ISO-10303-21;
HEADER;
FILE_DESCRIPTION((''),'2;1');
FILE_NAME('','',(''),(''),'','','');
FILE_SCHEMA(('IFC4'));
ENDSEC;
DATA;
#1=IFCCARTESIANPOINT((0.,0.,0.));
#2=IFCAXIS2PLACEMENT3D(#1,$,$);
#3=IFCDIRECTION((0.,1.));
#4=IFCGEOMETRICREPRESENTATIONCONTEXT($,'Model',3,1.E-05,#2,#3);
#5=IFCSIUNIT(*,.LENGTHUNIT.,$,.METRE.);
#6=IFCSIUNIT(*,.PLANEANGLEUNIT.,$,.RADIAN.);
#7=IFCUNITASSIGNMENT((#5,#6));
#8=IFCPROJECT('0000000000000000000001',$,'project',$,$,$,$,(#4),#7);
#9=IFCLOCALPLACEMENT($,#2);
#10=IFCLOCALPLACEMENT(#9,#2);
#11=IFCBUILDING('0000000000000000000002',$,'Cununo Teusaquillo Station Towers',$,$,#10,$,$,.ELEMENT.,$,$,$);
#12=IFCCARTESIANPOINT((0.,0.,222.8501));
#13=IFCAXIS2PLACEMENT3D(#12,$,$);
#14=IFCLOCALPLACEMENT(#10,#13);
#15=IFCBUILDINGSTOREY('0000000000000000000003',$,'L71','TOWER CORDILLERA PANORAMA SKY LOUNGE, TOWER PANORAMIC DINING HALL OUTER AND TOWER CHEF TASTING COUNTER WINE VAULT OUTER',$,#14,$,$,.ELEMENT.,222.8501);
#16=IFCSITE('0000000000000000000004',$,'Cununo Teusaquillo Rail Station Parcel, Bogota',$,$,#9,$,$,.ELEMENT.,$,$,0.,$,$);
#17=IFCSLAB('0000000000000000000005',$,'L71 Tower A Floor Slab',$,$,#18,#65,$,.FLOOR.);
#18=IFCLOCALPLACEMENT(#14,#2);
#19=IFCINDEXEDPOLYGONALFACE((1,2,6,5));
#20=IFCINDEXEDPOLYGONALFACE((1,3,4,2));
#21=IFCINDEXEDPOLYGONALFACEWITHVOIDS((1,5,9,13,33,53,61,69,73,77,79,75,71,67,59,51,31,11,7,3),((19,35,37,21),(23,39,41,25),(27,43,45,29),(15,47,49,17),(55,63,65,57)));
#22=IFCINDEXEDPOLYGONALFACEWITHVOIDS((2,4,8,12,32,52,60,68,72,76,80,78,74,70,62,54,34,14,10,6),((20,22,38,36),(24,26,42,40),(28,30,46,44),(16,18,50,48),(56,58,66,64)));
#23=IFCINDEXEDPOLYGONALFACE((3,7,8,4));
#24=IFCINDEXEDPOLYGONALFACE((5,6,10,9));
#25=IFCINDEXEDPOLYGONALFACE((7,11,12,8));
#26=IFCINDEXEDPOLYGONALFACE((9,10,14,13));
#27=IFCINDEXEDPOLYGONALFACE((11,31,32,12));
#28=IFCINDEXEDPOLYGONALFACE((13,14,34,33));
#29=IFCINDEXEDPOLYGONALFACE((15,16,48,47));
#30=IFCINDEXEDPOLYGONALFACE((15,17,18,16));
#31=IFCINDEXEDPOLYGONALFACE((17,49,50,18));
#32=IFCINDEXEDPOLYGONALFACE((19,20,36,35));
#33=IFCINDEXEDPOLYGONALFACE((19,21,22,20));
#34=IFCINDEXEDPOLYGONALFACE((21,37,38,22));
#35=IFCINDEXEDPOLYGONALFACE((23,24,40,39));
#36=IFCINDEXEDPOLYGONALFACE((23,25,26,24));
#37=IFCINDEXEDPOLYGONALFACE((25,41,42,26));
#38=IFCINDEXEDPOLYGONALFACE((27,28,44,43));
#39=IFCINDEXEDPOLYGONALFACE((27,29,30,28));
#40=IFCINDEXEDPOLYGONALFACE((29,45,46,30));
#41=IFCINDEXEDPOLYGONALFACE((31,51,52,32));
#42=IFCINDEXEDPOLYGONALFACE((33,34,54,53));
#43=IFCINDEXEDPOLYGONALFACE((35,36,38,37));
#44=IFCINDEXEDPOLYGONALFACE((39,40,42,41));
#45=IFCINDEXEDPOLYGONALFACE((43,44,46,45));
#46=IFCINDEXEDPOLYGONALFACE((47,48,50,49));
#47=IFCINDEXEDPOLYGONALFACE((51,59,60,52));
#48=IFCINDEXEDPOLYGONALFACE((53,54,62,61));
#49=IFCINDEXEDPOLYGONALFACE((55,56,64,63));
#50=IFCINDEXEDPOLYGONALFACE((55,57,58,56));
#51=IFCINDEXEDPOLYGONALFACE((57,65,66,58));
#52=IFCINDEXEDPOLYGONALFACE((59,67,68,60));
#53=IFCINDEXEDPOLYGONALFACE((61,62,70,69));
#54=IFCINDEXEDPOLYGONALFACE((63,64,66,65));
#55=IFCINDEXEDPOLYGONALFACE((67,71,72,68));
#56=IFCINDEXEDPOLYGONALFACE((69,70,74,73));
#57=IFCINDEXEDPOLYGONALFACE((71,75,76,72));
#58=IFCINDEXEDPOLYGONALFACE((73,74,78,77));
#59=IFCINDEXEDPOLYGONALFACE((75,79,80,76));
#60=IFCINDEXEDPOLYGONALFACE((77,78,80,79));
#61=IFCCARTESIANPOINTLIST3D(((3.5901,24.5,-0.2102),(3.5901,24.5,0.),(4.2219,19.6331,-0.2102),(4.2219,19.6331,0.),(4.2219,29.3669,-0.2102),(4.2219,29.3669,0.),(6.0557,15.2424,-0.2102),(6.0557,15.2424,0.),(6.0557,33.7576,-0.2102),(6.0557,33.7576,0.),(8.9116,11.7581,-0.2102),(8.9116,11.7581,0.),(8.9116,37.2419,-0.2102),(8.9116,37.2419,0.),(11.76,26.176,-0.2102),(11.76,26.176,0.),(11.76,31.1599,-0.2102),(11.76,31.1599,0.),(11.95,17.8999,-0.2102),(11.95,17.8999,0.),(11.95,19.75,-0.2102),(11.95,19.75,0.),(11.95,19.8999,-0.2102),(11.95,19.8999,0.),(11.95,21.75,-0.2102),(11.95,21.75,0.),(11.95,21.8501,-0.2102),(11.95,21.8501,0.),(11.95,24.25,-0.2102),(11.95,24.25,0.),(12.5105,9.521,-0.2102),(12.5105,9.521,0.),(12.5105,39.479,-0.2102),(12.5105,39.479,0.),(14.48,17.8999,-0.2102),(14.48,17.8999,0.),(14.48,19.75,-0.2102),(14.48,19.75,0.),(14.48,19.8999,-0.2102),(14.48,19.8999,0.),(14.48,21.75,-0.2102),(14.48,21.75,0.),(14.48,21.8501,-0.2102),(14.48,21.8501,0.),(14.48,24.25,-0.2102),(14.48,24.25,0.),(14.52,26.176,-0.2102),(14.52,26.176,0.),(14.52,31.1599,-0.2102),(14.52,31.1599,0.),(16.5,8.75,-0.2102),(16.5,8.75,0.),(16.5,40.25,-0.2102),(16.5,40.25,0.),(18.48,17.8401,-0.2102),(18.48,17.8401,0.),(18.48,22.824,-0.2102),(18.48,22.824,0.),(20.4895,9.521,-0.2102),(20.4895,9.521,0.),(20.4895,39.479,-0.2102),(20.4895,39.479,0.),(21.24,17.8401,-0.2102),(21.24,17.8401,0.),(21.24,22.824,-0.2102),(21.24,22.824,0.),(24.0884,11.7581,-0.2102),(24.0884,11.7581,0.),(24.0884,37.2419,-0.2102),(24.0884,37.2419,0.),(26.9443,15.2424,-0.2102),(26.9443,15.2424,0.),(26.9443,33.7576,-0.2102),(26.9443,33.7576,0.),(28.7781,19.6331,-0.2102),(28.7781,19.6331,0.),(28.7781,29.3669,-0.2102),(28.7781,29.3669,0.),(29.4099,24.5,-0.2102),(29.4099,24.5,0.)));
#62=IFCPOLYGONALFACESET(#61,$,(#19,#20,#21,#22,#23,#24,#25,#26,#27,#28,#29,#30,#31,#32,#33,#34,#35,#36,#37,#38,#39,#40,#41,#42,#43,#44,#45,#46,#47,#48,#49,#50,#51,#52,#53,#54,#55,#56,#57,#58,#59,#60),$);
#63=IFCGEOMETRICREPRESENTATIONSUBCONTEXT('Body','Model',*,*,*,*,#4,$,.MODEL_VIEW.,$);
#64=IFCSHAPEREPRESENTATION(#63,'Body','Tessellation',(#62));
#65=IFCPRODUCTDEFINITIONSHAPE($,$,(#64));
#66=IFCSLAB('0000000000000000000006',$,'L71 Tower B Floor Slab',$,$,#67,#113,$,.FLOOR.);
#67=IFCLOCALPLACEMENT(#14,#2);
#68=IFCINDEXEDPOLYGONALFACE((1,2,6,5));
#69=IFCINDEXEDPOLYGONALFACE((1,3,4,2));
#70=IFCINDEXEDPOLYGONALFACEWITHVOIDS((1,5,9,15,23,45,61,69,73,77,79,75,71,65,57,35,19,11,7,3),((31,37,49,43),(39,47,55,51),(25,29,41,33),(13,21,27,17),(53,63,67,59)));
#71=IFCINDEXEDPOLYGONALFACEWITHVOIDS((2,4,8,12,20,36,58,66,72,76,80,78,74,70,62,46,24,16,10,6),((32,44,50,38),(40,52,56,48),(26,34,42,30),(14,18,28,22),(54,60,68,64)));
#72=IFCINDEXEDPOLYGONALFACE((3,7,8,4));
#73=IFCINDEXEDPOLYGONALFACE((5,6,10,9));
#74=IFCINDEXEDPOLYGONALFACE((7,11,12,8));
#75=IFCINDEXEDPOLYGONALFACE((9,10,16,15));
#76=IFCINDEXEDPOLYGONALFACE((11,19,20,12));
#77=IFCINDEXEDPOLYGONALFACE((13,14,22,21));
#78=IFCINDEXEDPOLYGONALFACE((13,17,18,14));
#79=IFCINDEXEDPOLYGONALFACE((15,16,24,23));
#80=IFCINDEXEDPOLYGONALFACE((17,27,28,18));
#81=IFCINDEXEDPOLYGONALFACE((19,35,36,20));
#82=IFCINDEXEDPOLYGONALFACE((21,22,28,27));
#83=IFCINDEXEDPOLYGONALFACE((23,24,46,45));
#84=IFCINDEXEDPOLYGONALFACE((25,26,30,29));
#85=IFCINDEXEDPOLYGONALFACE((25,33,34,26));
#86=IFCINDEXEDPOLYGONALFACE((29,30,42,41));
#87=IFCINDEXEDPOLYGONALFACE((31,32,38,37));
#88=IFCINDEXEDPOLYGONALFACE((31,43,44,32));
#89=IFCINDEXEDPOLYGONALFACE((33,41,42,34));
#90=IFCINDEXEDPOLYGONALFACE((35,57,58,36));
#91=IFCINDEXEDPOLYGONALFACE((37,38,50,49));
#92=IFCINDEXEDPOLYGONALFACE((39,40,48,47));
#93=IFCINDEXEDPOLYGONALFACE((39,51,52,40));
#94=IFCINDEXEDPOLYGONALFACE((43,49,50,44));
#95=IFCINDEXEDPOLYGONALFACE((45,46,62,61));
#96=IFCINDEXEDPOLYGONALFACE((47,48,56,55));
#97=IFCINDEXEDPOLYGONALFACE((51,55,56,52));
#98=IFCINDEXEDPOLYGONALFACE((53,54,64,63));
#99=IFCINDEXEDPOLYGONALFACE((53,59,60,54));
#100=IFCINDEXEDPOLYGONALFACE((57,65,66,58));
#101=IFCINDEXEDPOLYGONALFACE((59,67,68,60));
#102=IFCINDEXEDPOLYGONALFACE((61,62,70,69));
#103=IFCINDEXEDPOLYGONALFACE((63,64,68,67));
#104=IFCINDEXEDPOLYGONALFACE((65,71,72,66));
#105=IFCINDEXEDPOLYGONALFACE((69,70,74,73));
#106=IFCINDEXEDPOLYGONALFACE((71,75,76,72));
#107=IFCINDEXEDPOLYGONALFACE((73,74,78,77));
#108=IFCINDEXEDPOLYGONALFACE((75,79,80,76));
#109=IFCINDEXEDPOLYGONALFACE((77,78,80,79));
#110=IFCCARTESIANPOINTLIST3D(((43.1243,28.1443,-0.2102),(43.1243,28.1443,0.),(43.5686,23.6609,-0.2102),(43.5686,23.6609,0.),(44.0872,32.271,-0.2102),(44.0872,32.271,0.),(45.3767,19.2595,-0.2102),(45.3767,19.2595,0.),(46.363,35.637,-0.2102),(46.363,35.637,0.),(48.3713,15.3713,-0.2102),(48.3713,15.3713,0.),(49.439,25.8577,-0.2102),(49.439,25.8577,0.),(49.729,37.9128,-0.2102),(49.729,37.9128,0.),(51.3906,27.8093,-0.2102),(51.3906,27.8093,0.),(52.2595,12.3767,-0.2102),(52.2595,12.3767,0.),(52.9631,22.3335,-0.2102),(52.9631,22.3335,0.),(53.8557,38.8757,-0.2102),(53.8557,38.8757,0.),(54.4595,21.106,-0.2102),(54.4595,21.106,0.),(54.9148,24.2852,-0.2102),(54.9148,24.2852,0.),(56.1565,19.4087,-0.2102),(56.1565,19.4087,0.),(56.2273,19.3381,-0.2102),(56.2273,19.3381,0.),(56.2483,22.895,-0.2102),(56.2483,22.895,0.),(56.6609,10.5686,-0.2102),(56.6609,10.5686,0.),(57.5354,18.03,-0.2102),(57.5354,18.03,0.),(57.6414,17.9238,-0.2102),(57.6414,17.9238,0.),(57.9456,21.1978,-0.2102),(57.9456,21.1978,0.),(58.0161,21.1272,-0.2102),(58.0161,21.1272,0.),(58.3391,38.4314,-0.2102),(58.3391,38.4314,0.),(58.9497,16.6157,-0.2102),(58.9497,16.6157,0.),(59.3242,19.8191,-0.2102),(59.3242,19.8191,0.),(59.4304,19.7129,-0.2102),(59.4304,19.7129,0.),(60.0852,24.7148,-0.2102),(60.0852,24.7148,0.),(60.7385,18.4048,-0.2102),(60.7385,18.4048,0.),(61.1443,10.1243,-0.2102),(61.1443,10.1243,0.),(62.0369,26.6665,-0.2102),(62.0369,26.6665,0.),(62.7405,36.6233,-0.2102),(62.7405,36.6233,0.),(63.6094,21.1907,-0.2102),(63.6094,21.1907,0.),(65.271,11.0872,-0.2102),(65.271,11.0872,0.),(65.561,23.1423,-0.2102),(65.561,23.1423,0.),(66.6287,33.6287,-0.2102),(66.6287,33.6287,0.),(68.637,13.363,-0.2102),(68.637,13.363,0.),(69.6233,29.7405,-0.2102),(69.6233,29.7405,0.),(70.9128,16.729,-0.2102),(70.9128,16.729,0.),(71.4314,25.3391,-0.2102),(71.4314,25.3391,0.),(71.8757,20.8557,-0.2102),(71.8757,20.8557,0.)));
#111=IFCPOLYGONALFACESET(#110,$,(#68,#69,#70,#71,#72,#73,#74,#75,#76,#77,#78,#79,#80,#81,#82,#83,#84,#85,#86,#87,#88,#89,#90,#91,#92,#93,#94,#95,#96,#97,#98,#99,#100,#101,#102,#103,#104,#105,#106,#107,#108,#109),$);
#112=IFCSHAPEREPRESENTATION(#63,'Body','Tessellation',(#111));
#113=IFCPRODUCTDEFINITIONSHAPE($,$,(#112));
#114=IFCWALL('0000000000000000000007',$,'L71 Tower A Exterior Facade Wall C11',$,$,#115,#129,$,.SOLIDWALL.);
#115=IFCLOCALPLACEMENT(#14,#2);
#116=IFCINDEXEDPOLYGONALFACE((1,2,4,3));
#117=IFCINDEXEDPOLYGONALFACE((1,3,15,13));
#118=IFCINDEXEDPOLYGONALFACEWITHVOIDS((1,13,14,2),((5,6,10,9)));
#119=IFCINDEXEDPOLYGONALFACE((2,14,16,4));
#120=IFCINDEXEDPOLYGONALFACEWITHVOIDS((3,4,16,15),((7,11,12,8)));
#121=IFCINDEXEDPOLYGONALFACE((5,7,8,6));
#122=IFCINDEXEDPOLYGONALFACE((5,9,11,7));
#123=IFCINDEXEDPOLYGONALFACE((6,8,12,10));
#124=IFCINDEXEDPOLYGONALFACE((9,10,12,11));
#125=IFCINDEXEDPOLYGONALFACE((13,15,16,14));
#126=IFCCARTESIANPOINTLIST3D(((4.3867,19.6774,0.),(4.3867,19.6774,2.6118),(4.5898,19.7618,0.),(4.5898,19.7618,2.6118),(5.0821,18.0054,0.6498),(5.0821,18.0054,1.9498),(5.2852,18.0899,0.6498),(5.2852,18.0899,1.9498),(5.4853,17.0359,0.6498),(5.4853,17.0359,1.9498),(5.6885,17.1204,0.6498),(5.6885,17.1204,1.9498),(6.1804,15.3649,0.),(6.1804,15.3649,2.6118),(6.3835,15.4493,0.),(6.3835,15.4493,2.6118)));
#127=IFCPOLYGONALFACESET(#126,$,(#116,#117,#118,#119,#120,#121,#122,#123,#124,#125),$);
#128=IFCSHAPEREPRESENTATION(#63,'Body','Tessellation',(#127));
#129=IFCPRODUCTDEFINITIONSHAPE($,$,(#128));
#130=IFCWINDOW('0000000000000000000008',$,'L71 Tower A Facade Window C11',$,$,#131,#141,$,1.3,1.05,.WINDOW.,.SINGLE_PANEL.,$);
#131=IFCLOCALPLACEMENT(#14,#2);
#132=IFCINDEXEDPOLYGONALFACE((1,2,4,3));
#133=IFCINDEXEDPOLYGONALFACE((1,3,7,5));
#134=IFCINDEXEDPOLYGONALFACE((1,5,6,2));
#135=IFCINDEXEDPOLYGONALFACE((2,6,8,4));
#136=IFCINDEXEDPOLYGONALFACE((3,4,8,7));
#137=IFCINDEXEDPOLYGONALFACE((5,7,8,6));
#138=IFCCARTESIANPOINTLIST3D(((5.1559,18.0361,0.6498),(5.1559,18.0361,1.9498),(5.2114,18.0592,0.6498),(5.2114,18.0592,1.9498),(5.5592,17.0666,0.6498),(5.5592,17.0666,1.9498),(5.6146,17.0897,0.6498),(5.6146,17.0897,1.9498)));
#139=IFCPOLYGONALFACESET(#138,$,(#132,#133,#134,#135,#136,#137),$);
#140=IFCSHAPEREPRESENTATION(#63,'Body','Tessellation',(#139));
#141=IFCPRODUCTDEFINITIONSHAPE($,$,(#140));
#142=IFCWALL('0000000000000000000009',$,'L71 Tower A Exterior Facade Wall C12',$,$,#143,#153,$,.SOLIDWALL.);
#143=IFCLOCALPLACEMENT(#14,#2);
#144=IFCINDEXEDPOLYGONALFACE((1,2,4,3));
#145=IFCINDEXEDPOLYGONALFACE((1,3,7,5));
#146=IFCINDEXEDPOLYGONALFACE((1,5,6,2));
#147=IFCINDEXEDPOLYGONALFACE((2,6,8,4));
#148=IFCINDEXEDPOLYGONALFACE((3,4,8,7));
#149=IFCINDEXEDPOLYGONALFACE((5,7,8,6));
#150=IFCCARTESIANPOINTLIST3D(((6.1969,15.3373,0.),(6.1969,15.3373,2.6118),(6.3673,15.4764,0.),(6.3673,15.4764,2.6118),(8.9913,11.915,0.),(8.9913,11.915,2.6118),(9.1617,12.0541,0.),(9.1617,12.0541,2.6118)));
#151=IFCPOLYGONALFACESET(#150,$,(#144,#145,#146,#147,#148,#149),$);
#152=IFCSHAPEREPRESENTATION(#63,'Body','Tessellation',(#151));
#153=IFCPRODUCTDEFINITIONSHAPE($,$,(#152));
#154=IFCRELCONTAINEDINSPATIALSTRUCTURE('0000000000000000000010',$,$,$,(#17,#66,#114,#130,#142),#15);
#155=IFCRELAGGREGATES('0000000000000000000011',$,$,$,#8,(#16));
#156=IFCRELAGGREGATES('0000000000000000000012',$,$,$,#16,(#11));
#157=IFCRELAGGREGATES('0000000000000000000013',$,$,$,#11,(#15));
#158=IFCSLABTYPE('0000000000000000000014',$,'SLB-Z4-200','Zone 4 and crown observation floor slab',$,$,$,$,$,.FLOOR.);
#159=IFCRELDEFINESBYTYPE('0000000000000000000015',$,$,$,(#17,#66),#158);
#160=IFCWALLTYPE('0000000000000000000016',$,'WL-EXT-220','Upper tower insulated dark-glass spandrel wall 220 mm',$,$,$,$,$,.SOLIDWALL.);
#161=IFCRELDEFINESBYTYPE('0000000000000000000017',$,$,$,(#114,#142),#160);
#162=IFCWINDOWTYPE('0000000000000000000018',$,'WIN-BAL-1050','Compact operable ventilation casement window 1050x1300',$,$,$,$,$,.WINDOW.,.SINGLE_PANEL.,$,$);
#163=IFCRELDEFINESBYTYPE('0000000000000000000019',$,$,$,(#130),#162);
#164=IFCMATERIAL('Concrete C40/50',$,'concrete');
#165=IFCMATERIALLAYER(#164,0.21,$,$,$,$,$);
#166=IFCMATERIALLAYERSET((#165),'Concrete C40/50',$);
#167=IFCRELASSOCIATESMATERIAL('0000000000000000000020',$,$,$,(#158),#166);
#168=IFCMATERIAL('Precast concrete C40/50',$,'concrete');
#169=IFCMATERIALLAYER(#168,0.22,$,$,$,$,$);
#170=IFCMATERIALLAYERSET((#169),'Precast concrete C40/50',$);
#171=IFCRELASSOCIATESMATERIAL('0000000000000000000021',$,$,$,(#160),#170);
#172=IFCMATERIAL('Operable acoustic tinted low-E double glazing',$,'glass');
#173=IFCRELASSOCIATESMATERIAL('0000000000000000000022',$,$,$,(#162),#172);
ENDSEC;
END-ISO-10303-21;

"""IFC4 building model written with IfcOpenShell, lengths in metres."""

from ifc_helpers import new_model, si_unit, direction, frame, frame_2d, origin, place, context, subcontext, project, spatial, polyline, rectangle, outline, extrude, source, transform, mapped, material, layer, layer_set, type_object, element, fill, save


model = new_model("IFC4")

# Units and contexts
model_context = context("Model", 3, precision=1e-05, world=origin(), true_north=direction((0.0, 1.0)))
body_context = subcontext(model_context, "Body", "Model", "MODEL_VIEW")
ifc_project = project(units=[si_unit("LENGTHUNIT", "METRE"), si_unit("PLANEANGLEUNIT", "RADIAN")], contexts=[model_context])

# Site, building, storey
site_placement = place(None, origin())
site = spatial("IfcSite", under=ifc_project, at=site_placement, Name="Cununo Teusaquillo Rail Station Parcel, Bogota", CompositionType="ELEMENT", RefElevation=0.0)
building_placement = place(site_placement, origin())
building = spatial("IfcBuilding", under=site, at=building_placement, Name="Cununo Teusaquillo Station Towers", CompositionType="ELEMENT")
storey_placement = place(building_placement, frame((0.0, 0.0, 222.8501)))
storey = spatial("IfcBuildingStorey", under=building, at=storey_placement, Name="L71", Description="TOWER CORDILLERA PANORAMA SKY LOUNGE, TOWER PANORAMIC DINING HALL OUTER AND TOWER CHEF TASTING COUNTER WINE VAULT OUTER", CompositionType="ELEMENT", Elevation=222.8501)

# Slabs
ifc_material_1 = material(Name="Concrete C40/50", Category="concrete")
ifc_layer_1 = layer(ifc_material_1, 0.21)
ifc_layer_set_1 = layer_set([ifc_layer_1], Name="Concrete C40/50")
slab_type_1 = type_object("IfcSlabType", Name="SLB-Z4-200", Description="Zone 4 and crown observation floor slab", PredefinedType="FLOOR", material=ifc_layer_set_1)
slab_1_placement = place(storey_placement, frame((0.0, 0.0, -0.2102)))
element("IfcSlab", 1, at=slab_1_placement, inside=storey, type_object=slab_type_1, Name="L71 Tower A Floor Slab", PredefinedType="FLOOR", context=body_context, shape_type="SweptSolid", body=[
    extrude(outline(polyline([(29.4099, 24.5), (28.7781, 29.3669), (26.9443, 33.7576), (24.0884, 37.2419), (20.4895, 39.479), (16.5, 40.25), (12.5105, 39.479), (8.9116, 37.2419), (6.0557, 33.7576), (4.2219, 29.3669), (3.5901, 24.5), (4.2219, 19.6331), (6.0557, 15.2424), (8.9116, 11.7581), (12.5105, 9.521), (16.5, 8.75), (20.4895, 9.521), (24.0884, 11.7581), (26.9443, 15.2424), (28.7781, 19.6331), (29.4099, 24.5)]), holes=[polyline([(14.52, 26.176), (14.52, 31.1599), (11.76, 31.1599), (11.76, 26.176), (14.52, 26.176)]), polyline([(18.48, 22.824), (18.48, 17.8401), (21.24, 17.8401), (21.24, 22.824), (18.48, 22.824)]), polyline([(11.95, 21.8501), (14.48, 21.8501), (14.48, 24.25), (11.95, 24.25), (11.95, 21.8501)]), polyline([(11.95, 17.8999), (14.48, 17.8999), (14.48, 19.75), (11.95, 19.75), (11.95, 17.8999)]), polyline([(11.95, 19.8999), (14.48, 19.8999), (14.48, 21.75), (11.95, 21.75), (11.95, 19.8999)])]), origin(), (0.0, 0.0, 1.0), 0.2102),
])
slab_2_placement = place(storey_placement, frame((0.0, 0.0, -0.2102)))
element("IfcSlab", 2, at=slab_2_placement, inside=storey, type_object=slab_type_1, Name="L71 Tower B Floor Slab", PredefinedType="FLOOR", context=body_context, shape_type="SweptSolid", body=[
    extrude(outline(polyline([(66.6287, 33.6287), (62.7405, 36.6233), (58.3391, 38.4314), (53.8557, 38.8757), (49.729, 37.9128), (46.363, 35.637), (44.0872, 32.271), (43.1243, 28.1443), (43.5686, 23.6609), (45.3767, 19.2595), (48.3713, 15.3713), (52.2595, 12.3767), (56.6609, 10.5686), (61.1443, 10.1243), (65.271, 11.0872), (68.637, 13.363), (70.9128, 16.729), (71.8757, 20.8557), (71.4314, 25.3391), (69.6233, 29.7405), (66.6287, 33.6287)]), holes=[polyline([(54.9148, 24.2852), (51.3906, 27.8093), (49.439, 25.8577), (52.9631, 22.3335), (54.9148, 24.2852)]), polyline([(60.0852, 24.7148), (63.6094, 21.1907), (65.561, 23.1423), (62.0369, 26.6665), (60.0852, 24.7148)]), polyline([(56.1565, 19.4087), (57.9456, 21.1978), (56.2483, 22.895), (54.4595, 21.106), (56.1565, 19.4087)]), polyline([(58.9497, 16.6157), (60.7385, 18.4048), (59.4304, 19.7129), (57.6414, 17.9238), (58.9497, 16.6157)]), polyline([(57.5354, 18.03), (59.3242, 19.8191), (58.0161, 21.1272), (56.2273, 19.3381), (57.5354, 18.03)])]), origin(), (0.0, 0.0, 1.0), 0.2102),
])

# Wall, opening, window
ifc_material_2 = material(Name="Precast concrete C40/50", Category="concrete")
ifc_layer_2 = layer(ifc_material_2, 0.22)
ifc_layer_set_2 = layer_set([ifc_layer_2], Name="Precast concrete C40/50")
wall_type_1 = type_object("IfcWallType", Name="WL-EXT-220", Description="Upper tower insulated dark-glass spandrel wall 220 mm", PredefinedType="SOLIDWALL", material=ifc_layer_set_2)
wall_1_placement = place(storey_placement, frame((6.282, 15.407, 0.0), z_axis=(0.0, 0.0, 1.0), x_axis=(-0.384036, 0.923318, 0.0)))
wall_1 = element("IfcWall", 3, at=wall_1_placement, inside=storey, type_object=wall_type_1, Name="L71 Tower A Exterior Facade Wall C11", PredefinedType="SOLIDWALL", context=body_context, shape_type="SweptSolid", body=[
    extrude(rectangle(XDim=4.6707, YDim=0.22, at=frame_2d((2.3354, 0.0))), origin(), (0.0, 0.0, 1.0), 2.6118),
])
shared_shape_1 = source(origin(), body_context, "Body", "SweptSolid", [
    extrude(rectangle(XDim=1.05, YDim=1.3, at=frame_2d((0.5249, 0.6499))), frame((0.0, 0.1199, 0.0), z_axis=(0.0, -1.0, 0.0), x_axis=(1.0, 0.0, 0.0)), (0.0, 0.0, 1.0), 0.24),
])
opening_1_placement = place(wall_1_placement, frame((1.8101, 0.0, 0.6499)))
opening_1 = element("IfcOpeningElement", 4, at=opening_1_placement, cuts=wall_1, PredefinedType="OPENING", context=body_context, shape_type="MappedRepresentation", body=[
    mapped(shared_shape_1, transform((0.0, 0.0, 0.0), x_axis=(1.0, 0.0, 0.0), y_axis=(0.0, 1.0, 0.0), z_axis=(0.0, 0.0, 1.0), scale=1.0)),
])
ifc_material_3 = material(Name="Operable acoustic tinted low-E double glazing", Category="glass")
window_type = type_object("IfcWindowType", Name="WIN-BAL-1050", Description="Compact operable ventilation casement window 1050x1300", PartitioningType="SINGLE_PANEL", PredefinedType="WINDOW", material=ifc_material_3)
shared_shape_2 = source(origin(), body_context, "Body", "SweptSolid", [
    extrude(rectangle(XDim=1.05, YDim=1.3, at=frame_2d((0.5249, 0.6499))), frame((0.0, 0.03, 0.0), z_axis=(0.0, -1.0, 0.0), x_axis=(1.0, 0.0, 0.0)), (0.0, 0.0, 1.0), 0.0601),
])
window_1_placement = place(opening_1_placement, origin())
window_1 = element("IfcWindow", 5, at=window_1_placement, inside=storey, type_object=window_type, Name="L71 Tower A Facade Window C11", OverallHeight=1.3, OverallWidth=1.05, PartitioningType="SINGLE_PANEL", PredefinedType="WINDOW", context=body_context, shape_type="MappedRepresentation", body=[
    mapped(shared_shape_2, transform((0.0, 0.0, 0.0), x_axis=(1.0, 0.0, 0.0), y_axis=(0.0, 1.0, 0.0), z_axis=(0.0, 0.0, 1.0), scale=1.0)),
])
fill(opening_1, window_1)

# Wall
wall_2_placement = place(storey_placement, frame((9.0764, 11.9846, 0.0), z_axis=(0.0, 0.0, 1.0), x_axis=(-0.632467, 0.774587, 0.0)))
element("IfcWall", 6, at=wall_2_placement, inside=storey, type_object=wall_type_1, Name="L71 Tower A Exterior Facade Wall C12", PredefinedType="SOLIDWALL", context=body_context, shape_type="SweptSolid", body=[
    extrude(rectangle(XDim=4.4182, YDim=0.22, at=frame_2d((2.209, 0.0))), origin(), (0.0, 0.0, 1.0), 2.6118),
])

save(model, "model.ifc")
